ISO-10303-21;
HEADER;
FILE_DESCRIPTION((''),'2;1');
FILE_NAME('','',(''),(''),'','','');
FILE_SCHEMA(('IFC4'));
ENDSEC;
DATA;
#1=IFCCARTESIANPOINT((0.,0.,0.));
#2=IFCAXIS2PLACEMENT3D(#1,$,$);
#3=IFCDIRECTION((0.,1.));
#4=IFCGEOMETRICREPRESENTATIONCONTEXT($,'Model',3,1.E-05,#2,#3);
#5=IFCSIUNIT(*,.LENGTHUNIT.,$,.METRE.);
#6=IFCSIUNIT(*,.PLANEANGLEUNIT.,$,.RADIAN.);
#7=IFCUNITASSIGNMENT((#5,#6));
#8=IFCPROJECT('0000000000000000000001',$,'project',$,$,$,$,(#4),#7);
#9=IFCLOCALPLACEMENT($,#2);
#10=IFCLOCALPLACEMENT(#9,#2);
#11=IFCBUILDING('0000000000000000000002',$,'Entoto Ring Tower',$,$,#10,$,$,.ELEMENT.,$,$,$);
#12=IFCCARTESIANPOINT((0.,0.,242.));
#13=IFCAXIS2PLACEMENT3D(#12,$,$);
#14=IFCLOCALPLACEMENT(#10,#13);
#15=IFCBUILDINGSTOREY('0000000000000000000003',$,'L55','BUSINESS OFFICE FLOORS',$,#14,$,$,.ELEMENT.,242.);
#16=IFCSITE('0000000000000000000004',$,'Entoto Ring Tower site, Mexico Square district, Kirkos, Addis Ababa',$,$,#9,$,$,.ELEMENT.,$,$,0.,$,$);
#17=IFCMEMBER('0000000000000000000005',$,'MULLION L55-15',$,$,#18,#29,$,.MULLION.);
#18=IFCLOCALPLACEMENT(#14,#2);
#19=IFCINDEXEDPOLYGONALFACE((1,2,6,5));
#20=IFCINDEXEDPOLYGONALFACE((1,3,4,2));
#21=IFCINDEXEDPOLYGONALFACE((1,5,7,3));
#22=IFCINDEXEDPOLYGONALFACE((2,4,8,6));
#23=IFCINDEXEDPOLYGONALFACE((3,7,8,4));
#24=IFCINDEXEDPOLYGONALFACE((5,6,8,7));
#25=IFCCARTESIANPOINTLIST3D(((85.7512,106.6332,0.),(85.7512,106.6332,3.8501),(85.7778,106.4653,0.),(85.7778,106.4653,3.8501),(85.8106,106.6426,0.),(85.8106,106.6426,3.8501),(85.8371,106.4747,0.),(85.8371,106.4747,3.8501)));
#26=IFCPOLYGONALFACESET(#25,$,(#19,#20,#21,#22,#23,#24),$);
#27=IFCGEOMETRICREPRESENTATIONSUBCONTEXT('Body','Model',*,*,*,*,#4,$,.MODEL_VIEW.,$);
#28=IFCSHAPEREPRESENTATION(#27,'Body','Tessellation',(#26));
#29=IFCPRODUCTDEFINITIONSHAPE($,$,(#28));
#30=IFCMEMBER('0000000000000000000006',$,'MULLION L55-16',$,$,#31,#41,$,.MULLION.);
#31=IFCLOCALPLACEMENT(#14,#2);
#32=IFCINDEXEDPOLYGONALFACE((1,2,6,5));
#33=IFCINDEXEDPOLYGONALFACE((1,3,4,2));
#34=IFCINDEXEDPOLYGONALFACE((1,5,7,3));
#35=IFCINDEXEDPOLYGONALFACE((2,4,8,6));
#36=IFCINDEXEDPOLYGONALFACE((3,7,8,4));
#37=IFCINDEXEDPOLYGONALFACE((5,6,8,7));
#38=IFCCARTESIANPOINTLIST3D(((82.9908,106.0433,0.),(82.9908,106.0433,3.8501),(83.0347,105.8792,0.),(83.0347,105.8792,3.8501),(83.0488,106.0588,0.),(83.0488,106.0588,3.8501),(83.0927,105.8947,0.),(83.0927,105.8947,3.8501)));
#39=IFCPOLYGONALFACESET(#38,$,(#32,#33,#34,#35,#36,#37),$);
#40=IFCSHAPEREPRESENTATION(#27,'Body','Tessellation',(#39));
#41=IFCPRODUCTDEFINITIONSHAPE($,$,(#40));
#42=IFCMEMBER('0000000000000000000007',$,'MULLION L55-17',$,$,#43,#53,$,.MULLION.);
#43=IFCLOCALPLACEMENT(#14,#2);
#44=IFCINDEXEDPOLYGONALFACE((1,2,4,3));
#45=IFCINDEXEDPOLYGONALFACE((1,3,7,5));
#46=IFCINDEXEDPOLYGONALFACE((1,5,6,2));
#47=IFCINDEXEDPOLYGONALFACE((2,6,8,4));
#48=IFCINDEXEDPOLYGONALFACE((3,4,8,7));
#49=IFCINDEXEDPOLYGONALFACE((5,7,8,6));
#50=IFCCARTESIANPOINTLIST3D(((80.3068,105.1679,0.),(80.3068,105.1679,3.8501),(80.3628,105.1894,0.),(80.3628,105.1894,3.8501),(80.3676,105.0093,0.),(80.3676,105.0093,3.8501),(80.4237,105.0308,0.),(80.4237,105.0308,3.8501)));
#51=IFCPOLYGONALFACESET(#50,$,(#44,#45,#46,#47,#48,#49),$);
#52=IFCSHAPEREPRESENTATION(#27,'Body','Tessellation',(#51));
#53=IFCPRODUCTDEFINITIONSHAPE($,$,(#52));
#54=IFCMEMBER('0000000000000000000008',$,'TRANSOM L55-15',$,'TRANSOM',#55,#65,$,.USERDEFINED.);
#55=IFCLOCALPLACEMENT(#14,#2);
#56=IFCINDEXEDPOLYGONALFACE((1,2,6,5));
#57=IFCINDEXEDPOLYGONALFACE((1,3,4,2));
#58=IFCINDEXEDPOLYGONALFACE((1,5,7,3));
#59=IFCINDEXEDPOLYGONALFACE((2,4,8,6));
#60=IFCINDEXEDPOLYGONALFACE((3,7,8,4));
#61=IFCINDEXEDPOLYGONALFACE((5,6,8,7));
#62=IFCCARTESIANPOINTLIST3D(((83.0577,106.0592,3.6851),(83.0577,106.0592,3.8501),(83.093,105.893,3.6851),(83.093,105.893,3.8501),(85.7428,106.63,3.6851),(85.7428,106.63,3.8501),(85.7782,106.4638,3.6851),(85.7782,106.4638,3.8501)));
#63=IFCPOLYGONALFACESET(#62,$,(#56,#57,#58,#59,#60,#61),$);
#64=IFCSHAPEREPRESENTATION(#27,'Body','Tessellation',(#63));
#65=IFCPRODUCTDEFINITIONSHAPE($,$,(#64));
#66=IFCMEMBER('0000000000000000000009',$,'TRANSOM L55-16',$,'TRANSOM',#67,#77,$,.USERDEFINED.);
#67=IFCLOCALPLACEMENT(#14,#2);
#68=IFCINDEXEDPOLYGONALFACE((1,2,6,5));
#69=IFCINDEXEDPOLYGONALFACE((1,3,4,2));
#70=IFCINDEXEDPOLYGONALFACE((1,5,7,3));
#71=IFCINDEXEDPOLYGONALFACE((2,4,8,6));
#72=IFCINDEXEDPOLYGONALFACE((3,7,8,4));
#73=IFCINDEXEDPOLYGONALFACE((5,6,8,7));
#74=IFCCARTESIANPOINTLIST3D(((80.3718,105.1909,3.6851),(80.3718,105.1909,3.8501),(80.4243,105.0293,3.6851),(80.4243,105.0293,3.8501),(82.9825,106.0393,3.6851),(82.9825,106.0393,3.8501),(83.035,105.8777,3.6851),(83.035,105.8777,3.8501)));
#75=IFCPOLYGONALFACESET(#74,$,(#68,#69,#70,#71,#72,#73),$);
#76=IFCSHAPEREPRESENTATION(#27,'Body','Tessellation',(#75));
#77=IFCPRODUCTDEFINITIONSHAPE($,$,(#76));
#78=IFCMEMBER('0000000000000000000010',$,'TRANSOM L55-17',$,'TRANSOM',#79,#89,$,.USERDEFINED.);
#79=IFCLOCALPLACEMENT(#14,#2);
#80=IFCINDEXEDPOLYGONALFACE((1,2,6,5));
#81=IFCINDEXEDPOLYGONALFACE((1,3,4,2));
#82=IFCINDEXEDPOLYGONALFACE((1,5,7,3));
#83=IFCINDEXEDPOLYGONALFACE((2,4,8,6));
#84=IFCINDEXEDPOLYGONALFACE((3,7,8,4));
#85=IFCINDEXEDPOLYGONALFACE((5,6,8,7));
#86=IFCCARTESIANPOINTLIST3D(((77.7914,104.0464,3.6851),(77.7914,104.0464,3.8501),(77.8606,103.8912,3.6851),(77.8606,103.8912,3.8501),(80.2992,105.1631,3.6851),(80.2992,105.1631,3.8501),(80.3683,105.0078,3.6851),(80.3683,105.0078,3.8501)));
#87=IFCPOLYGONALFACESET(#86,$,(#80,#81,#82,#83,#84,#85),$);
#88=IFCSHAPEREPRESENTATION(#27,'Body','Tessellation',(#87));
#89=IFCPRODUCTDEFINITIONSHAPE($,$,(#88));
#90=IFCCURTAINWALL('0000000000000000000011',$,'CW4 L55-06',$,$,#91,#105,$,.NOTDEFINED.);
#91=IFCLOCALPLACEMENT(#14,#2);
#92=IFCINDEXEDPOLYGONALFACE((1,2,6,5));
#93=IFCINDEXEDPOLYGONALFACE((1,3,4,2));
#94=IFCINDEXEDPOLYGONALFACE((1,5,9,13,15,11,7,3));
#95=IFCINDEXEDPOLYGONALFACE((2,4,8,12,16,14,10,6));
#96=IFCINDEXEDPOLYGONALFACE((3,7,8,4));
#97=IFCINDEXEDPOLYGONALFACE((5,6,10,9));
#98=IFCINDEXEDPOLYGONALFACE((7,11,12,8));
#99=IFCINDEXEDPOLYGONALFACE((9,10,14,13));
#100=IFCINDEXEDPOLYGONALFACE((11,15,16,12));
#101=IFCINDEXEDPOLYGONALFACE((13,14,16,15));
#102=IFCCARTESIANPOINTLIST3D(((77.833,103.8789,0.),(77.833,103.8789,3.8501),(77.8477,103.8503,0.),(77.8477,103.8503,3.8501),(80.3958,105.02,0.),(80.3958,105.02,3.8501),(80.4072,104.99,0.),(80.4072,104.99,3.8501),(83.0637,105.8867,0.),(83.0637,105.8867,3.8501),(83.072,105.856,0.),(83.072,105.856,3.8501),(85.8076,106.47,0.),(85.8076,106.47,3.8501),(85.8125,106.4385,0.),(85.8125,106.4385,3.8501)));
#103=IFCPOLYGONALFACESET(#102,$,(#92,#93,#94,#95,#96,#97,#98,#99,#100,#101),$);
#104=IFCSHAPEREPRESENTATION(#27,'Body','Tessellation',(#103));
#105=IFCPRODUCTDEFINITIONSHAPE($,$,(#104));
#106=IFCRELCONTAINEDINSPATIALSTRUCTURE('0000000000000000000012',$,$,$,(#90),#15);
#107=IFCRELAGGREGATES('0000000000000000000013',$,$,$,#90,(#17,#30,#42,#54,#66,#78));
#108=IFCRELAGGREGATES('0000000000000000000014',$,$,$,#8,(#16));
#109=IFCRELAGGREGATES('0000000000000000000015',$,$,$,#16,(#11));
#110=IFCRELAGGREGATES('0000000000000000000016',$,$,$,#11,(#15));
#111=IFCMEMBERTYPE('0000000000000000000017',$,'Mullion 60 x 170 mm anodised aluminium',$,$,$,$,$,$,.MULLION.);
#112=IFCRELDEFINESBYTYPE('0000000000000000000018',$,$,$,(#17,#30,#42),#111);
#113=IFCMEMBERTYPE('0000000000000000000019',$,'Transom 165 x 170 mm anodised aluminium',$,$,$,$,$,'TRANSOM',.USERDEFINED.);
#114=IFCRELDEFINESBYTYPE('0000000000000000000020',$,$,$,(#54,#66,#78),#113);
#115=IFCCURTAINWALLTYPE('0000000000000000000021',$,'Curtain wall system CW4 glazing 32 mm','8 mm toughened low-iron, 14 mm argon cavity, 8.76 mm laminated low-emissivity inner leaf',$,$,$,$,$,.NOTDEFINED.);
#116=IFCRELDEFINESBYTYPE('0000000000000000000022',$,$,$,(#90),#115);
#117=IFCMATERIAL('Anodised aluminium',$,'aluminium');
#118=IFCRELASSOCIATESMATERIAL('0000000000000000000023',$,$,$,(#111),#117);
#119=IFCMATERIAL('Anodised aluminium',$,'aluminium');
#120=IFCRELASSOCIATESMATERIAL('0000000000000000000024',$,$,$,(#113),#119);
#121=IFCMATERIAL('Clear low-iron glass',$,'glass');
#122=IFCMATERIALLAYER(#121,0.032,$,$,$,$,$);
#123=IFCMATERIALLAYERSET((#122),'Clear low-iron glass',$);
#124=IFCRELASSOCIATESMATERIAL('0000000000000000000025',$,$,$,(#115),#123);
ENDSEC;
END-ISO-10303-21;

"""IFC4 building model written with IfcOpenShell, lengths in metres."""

from ifc_helpers import new_model, si_unit, direction, frame, origin, origin_2d, place, context, subcontext, project, spatial, polyline, rectangle, outline, extrude, material, layer, layer_set, material_profile, profile_set, type_object, element, aggregate, save


model = new_model("IFC4")

# Units and contexts
model_context = context("Model", 3, precision=1e-05, world=origin(), true_north=direction((0.0, 1.0)))
body_context = subcontext(model_context, "Body", "Model", "MODEL_VIEW")
ifc_project = project(units=[si_unit("LENGTHUNIT", "METRE"), si_unit("PLANEANGLEUNIT", "RADIAN")], contexts=[model_context])

# Members
ifc_material_1 = material(Name="Anodised aluminium", Category="aluminium")
ifc_material_profile_1 = material_profile(ifc_material_1, rectangle(XDim=0.0601, YDim=0.1699, at=origin_2d()), Name="Mullion 60 x 170 mm anodised aluminium")
ifc_profile_set_1 = profile_set([ifc_material_profile_1], Name="Anodised aluminium")
member_type_1 = type_object("IfcMemberType", Name="Mullion 60 x 170 mm anodised aluminium", PredefinedType="MULLION", material=ifc_profile_set_1)
site_placement = place(None, origin())
building_placement = place(site_placement, origin())
storey_placement = place(building_placement, frame((0.0, 0.0, 242.0)))
member_1_placement = place(storey_placement, frame((85.7942, 106.554, 0.0), z_axis=(0.0, 0.0, 1.0), x_axis=(-0.987688, -0.156434, 0.0)))
member_1 = element("IfcMember", 1, at=member_1_placement, type_object=member_type_1, Name="MULLION L55-15", PredefinedType="MULLION", context=body_context, shape_type="SweptSolid", body=[
    extrude(rectangle(XDim=0.0601, YDim=0.1699, at=origin_2d()), origin(), (0.0, 0.0, 1.0), 3.8501),
])
member_2_placement = place(storey_placement, frame((83.0417, 105.969, 0.0), z_axis=(0.0, 0.0, 1.0), x_axis=(-0.965926, -0.258819, 0.0)))
member_2 = element("IfcMember", 2, at=member_2_placement, type_object=member_type_1, Name="MULLION L55-16", PredefinedType="MULLION", context=body_context, shape_type="SweptSolid", body=[
    extrude(rectangle(XDim=0.0601, YDim=0.1699, at=origin_2d()), origin(), (0.0, 0.0, 1.0), 3.8501),
])
member_3_placement = place(storey_placement, frame((80.3652, 105.0994, 0.0), z_axis=(0.0, 0.0, 1.0), x_axis=(-0.93358, -0.358368, 0.0)))
member_3 = element("IfcMember", 3, at=member_3_placement, type_object=member_type_1, Name="MULLION L55-17", PredefinedType="MULLION", context=body_context, shape_type="SweptSolid", body=[
    extrude(rectangle(XDim=0.0601, YDim=0.1699, at=origin_2d()), origin(), (0.0, 0.0, 1.0), 3.8501),
])
ifc_material_2 = material(Name="Anodised aluminium", Category="aluminium")
ifc_material_profile_2 = material_profile(ifc_material_2, rectangle(XDim=0.1699, YDim=0.165, at=origin_2d()), Name="Transom 165 x 170 mm anodised aluminium")
ifc_profile_set_2 = profile_set([ifc_material_profile_2], Name="Anodised aluminium")
member_type_2 = type_object("IfcMemberType", Name="Transom 165 x 170 mm anodised aluminium", ElementType="TRANSOM", PredefinedType="USERDEFINED", material=ifc_profile_set_2)
member_4_placement = place(storey_placement, frame((85.7605, 106.5469, 3.7676), z_axis=(-0.978142, -0.207937, 0.0), x_axis=(0.207937, -0.978142, 0.0)))
member_4 = element("IfcMember", 4, at=member_4_placement, type_object=member_type_2, Name="TRANSOM L55-15", ObjectType="TRANSOM", PredefinedType="USERDEFINED", context=body_context, shape_type="SweptSolid", body=[
    extrude(rectangle(XDim=0.1699, YDim=0.165, at=origin_2d()), origin(), (0.0, 0.0, 1.0), 2.7451),
])
member_5_placement = place(storey_placement, frame((83.0088, 105.9585, 3.7676), z_axis=(-0.951048, -0.309042, 0.0), x_axis=(0.309042, -0.951048, 0.0)))
member_5 = element("IfcMember", 5, at=member_5_placement, type_object=member_type_2, Name="TRANSOM L55-16", ObjectType="TRANSOM", PredefinedType="USERDEFINED", context=body_context, shape_type="SweptSolid", body=[
    extrude(rectangle(XDim=0.1699, YDim=0.165, at=origin_2d()), origin(), (0.0, 0.0, 1.0), 2.7451),
])
member_6_placement = place(storey_placement, frame((80.3337, 105.0854, 3.7676), z_axis=(-0.913525, -0.406782, 0.0), x_axis=(0.406782, -0.913525, 0.0)))
member_6 = element("IfcMember", 6, at=member_6_placement, type_object=member_type_2, Name="TRANSOM L55-17", ObjectType="TRANSOM", PredefinedType="USERDEFINED", context=body_context, shape_type="SweptSolid", body=[
    extrude(rectangle(XDim=0.1699, YDim=0.165, at=origin_2d()), origin(), (0.0, 0.0, 1.0), 2.7451),
])

# Site, building, storey
site = spatial("IfcSite", under=ifc_project, at=site_placement, Name="Entoto Ring Tower site, Mexico Square district, Kirkos, Addis Ababa", CompositionType="ELEMENT", RefElevation=0.0)
building = spatial("IfcBuilding", under=site, at=building_placement, Name="Entoto Ring Tower", CompositionType="ELEMENT")
storey = spatial("IfcBuildingStorey", under=building, at=storey_placement, Name="L55", Description="BUSINESS OFFICE FLOORS", CompositionType="ELEMENT", Elevation=242.0)

# Curtain wall
ifc_material_3 = material(Name="Clear low-iron glass", Category="glass")
ifc_layer = layer(ifc_material_3, 0.032)
ifc_layer_set = layer_set([ifc_layer], Name="Clear low-iron glass")
curtain_wall_type = type_object("IfcCurtainWallType", Name="Curtain wall system CW4 glazing 32 mm", Description="8 mm toughened low-iron, 14 mm argon cavity, 8.76 mm laminated low-emissivity inner leaf", PredefinedType="NOTDEFINED", material=ifc_layer_set)
curtain_wall_1_placement = place(storey_placement, origin())
curtain_wall_1 = element("IfcCurtainWall", 7, at=curtain_wall_1_placement, inside=storey, type_object=curtain_wall_type, Name="CW4 L55-06", PredefinedType="NOTDEFINED", context=body_context, shape_type="SweptSolid", body=[
    extrude(outline(polyline([(85.8076, 106.47), (83.0637, 105.8867), (80.3958, 105.02), (77.833, 103.8789), (77.8477, 103.8503), (80.4072, 104.99), (83.072, 105.856), (85.8125, 106.4385), (85.8076, 106.47)])), origin(), (0.0, 0.0, 1.0), 3.8501),
])
aggregate(curtain_wall_1, [member_1, member_2, member_3, member_4, member_5, member_6])

save(model, "model.ifc")
